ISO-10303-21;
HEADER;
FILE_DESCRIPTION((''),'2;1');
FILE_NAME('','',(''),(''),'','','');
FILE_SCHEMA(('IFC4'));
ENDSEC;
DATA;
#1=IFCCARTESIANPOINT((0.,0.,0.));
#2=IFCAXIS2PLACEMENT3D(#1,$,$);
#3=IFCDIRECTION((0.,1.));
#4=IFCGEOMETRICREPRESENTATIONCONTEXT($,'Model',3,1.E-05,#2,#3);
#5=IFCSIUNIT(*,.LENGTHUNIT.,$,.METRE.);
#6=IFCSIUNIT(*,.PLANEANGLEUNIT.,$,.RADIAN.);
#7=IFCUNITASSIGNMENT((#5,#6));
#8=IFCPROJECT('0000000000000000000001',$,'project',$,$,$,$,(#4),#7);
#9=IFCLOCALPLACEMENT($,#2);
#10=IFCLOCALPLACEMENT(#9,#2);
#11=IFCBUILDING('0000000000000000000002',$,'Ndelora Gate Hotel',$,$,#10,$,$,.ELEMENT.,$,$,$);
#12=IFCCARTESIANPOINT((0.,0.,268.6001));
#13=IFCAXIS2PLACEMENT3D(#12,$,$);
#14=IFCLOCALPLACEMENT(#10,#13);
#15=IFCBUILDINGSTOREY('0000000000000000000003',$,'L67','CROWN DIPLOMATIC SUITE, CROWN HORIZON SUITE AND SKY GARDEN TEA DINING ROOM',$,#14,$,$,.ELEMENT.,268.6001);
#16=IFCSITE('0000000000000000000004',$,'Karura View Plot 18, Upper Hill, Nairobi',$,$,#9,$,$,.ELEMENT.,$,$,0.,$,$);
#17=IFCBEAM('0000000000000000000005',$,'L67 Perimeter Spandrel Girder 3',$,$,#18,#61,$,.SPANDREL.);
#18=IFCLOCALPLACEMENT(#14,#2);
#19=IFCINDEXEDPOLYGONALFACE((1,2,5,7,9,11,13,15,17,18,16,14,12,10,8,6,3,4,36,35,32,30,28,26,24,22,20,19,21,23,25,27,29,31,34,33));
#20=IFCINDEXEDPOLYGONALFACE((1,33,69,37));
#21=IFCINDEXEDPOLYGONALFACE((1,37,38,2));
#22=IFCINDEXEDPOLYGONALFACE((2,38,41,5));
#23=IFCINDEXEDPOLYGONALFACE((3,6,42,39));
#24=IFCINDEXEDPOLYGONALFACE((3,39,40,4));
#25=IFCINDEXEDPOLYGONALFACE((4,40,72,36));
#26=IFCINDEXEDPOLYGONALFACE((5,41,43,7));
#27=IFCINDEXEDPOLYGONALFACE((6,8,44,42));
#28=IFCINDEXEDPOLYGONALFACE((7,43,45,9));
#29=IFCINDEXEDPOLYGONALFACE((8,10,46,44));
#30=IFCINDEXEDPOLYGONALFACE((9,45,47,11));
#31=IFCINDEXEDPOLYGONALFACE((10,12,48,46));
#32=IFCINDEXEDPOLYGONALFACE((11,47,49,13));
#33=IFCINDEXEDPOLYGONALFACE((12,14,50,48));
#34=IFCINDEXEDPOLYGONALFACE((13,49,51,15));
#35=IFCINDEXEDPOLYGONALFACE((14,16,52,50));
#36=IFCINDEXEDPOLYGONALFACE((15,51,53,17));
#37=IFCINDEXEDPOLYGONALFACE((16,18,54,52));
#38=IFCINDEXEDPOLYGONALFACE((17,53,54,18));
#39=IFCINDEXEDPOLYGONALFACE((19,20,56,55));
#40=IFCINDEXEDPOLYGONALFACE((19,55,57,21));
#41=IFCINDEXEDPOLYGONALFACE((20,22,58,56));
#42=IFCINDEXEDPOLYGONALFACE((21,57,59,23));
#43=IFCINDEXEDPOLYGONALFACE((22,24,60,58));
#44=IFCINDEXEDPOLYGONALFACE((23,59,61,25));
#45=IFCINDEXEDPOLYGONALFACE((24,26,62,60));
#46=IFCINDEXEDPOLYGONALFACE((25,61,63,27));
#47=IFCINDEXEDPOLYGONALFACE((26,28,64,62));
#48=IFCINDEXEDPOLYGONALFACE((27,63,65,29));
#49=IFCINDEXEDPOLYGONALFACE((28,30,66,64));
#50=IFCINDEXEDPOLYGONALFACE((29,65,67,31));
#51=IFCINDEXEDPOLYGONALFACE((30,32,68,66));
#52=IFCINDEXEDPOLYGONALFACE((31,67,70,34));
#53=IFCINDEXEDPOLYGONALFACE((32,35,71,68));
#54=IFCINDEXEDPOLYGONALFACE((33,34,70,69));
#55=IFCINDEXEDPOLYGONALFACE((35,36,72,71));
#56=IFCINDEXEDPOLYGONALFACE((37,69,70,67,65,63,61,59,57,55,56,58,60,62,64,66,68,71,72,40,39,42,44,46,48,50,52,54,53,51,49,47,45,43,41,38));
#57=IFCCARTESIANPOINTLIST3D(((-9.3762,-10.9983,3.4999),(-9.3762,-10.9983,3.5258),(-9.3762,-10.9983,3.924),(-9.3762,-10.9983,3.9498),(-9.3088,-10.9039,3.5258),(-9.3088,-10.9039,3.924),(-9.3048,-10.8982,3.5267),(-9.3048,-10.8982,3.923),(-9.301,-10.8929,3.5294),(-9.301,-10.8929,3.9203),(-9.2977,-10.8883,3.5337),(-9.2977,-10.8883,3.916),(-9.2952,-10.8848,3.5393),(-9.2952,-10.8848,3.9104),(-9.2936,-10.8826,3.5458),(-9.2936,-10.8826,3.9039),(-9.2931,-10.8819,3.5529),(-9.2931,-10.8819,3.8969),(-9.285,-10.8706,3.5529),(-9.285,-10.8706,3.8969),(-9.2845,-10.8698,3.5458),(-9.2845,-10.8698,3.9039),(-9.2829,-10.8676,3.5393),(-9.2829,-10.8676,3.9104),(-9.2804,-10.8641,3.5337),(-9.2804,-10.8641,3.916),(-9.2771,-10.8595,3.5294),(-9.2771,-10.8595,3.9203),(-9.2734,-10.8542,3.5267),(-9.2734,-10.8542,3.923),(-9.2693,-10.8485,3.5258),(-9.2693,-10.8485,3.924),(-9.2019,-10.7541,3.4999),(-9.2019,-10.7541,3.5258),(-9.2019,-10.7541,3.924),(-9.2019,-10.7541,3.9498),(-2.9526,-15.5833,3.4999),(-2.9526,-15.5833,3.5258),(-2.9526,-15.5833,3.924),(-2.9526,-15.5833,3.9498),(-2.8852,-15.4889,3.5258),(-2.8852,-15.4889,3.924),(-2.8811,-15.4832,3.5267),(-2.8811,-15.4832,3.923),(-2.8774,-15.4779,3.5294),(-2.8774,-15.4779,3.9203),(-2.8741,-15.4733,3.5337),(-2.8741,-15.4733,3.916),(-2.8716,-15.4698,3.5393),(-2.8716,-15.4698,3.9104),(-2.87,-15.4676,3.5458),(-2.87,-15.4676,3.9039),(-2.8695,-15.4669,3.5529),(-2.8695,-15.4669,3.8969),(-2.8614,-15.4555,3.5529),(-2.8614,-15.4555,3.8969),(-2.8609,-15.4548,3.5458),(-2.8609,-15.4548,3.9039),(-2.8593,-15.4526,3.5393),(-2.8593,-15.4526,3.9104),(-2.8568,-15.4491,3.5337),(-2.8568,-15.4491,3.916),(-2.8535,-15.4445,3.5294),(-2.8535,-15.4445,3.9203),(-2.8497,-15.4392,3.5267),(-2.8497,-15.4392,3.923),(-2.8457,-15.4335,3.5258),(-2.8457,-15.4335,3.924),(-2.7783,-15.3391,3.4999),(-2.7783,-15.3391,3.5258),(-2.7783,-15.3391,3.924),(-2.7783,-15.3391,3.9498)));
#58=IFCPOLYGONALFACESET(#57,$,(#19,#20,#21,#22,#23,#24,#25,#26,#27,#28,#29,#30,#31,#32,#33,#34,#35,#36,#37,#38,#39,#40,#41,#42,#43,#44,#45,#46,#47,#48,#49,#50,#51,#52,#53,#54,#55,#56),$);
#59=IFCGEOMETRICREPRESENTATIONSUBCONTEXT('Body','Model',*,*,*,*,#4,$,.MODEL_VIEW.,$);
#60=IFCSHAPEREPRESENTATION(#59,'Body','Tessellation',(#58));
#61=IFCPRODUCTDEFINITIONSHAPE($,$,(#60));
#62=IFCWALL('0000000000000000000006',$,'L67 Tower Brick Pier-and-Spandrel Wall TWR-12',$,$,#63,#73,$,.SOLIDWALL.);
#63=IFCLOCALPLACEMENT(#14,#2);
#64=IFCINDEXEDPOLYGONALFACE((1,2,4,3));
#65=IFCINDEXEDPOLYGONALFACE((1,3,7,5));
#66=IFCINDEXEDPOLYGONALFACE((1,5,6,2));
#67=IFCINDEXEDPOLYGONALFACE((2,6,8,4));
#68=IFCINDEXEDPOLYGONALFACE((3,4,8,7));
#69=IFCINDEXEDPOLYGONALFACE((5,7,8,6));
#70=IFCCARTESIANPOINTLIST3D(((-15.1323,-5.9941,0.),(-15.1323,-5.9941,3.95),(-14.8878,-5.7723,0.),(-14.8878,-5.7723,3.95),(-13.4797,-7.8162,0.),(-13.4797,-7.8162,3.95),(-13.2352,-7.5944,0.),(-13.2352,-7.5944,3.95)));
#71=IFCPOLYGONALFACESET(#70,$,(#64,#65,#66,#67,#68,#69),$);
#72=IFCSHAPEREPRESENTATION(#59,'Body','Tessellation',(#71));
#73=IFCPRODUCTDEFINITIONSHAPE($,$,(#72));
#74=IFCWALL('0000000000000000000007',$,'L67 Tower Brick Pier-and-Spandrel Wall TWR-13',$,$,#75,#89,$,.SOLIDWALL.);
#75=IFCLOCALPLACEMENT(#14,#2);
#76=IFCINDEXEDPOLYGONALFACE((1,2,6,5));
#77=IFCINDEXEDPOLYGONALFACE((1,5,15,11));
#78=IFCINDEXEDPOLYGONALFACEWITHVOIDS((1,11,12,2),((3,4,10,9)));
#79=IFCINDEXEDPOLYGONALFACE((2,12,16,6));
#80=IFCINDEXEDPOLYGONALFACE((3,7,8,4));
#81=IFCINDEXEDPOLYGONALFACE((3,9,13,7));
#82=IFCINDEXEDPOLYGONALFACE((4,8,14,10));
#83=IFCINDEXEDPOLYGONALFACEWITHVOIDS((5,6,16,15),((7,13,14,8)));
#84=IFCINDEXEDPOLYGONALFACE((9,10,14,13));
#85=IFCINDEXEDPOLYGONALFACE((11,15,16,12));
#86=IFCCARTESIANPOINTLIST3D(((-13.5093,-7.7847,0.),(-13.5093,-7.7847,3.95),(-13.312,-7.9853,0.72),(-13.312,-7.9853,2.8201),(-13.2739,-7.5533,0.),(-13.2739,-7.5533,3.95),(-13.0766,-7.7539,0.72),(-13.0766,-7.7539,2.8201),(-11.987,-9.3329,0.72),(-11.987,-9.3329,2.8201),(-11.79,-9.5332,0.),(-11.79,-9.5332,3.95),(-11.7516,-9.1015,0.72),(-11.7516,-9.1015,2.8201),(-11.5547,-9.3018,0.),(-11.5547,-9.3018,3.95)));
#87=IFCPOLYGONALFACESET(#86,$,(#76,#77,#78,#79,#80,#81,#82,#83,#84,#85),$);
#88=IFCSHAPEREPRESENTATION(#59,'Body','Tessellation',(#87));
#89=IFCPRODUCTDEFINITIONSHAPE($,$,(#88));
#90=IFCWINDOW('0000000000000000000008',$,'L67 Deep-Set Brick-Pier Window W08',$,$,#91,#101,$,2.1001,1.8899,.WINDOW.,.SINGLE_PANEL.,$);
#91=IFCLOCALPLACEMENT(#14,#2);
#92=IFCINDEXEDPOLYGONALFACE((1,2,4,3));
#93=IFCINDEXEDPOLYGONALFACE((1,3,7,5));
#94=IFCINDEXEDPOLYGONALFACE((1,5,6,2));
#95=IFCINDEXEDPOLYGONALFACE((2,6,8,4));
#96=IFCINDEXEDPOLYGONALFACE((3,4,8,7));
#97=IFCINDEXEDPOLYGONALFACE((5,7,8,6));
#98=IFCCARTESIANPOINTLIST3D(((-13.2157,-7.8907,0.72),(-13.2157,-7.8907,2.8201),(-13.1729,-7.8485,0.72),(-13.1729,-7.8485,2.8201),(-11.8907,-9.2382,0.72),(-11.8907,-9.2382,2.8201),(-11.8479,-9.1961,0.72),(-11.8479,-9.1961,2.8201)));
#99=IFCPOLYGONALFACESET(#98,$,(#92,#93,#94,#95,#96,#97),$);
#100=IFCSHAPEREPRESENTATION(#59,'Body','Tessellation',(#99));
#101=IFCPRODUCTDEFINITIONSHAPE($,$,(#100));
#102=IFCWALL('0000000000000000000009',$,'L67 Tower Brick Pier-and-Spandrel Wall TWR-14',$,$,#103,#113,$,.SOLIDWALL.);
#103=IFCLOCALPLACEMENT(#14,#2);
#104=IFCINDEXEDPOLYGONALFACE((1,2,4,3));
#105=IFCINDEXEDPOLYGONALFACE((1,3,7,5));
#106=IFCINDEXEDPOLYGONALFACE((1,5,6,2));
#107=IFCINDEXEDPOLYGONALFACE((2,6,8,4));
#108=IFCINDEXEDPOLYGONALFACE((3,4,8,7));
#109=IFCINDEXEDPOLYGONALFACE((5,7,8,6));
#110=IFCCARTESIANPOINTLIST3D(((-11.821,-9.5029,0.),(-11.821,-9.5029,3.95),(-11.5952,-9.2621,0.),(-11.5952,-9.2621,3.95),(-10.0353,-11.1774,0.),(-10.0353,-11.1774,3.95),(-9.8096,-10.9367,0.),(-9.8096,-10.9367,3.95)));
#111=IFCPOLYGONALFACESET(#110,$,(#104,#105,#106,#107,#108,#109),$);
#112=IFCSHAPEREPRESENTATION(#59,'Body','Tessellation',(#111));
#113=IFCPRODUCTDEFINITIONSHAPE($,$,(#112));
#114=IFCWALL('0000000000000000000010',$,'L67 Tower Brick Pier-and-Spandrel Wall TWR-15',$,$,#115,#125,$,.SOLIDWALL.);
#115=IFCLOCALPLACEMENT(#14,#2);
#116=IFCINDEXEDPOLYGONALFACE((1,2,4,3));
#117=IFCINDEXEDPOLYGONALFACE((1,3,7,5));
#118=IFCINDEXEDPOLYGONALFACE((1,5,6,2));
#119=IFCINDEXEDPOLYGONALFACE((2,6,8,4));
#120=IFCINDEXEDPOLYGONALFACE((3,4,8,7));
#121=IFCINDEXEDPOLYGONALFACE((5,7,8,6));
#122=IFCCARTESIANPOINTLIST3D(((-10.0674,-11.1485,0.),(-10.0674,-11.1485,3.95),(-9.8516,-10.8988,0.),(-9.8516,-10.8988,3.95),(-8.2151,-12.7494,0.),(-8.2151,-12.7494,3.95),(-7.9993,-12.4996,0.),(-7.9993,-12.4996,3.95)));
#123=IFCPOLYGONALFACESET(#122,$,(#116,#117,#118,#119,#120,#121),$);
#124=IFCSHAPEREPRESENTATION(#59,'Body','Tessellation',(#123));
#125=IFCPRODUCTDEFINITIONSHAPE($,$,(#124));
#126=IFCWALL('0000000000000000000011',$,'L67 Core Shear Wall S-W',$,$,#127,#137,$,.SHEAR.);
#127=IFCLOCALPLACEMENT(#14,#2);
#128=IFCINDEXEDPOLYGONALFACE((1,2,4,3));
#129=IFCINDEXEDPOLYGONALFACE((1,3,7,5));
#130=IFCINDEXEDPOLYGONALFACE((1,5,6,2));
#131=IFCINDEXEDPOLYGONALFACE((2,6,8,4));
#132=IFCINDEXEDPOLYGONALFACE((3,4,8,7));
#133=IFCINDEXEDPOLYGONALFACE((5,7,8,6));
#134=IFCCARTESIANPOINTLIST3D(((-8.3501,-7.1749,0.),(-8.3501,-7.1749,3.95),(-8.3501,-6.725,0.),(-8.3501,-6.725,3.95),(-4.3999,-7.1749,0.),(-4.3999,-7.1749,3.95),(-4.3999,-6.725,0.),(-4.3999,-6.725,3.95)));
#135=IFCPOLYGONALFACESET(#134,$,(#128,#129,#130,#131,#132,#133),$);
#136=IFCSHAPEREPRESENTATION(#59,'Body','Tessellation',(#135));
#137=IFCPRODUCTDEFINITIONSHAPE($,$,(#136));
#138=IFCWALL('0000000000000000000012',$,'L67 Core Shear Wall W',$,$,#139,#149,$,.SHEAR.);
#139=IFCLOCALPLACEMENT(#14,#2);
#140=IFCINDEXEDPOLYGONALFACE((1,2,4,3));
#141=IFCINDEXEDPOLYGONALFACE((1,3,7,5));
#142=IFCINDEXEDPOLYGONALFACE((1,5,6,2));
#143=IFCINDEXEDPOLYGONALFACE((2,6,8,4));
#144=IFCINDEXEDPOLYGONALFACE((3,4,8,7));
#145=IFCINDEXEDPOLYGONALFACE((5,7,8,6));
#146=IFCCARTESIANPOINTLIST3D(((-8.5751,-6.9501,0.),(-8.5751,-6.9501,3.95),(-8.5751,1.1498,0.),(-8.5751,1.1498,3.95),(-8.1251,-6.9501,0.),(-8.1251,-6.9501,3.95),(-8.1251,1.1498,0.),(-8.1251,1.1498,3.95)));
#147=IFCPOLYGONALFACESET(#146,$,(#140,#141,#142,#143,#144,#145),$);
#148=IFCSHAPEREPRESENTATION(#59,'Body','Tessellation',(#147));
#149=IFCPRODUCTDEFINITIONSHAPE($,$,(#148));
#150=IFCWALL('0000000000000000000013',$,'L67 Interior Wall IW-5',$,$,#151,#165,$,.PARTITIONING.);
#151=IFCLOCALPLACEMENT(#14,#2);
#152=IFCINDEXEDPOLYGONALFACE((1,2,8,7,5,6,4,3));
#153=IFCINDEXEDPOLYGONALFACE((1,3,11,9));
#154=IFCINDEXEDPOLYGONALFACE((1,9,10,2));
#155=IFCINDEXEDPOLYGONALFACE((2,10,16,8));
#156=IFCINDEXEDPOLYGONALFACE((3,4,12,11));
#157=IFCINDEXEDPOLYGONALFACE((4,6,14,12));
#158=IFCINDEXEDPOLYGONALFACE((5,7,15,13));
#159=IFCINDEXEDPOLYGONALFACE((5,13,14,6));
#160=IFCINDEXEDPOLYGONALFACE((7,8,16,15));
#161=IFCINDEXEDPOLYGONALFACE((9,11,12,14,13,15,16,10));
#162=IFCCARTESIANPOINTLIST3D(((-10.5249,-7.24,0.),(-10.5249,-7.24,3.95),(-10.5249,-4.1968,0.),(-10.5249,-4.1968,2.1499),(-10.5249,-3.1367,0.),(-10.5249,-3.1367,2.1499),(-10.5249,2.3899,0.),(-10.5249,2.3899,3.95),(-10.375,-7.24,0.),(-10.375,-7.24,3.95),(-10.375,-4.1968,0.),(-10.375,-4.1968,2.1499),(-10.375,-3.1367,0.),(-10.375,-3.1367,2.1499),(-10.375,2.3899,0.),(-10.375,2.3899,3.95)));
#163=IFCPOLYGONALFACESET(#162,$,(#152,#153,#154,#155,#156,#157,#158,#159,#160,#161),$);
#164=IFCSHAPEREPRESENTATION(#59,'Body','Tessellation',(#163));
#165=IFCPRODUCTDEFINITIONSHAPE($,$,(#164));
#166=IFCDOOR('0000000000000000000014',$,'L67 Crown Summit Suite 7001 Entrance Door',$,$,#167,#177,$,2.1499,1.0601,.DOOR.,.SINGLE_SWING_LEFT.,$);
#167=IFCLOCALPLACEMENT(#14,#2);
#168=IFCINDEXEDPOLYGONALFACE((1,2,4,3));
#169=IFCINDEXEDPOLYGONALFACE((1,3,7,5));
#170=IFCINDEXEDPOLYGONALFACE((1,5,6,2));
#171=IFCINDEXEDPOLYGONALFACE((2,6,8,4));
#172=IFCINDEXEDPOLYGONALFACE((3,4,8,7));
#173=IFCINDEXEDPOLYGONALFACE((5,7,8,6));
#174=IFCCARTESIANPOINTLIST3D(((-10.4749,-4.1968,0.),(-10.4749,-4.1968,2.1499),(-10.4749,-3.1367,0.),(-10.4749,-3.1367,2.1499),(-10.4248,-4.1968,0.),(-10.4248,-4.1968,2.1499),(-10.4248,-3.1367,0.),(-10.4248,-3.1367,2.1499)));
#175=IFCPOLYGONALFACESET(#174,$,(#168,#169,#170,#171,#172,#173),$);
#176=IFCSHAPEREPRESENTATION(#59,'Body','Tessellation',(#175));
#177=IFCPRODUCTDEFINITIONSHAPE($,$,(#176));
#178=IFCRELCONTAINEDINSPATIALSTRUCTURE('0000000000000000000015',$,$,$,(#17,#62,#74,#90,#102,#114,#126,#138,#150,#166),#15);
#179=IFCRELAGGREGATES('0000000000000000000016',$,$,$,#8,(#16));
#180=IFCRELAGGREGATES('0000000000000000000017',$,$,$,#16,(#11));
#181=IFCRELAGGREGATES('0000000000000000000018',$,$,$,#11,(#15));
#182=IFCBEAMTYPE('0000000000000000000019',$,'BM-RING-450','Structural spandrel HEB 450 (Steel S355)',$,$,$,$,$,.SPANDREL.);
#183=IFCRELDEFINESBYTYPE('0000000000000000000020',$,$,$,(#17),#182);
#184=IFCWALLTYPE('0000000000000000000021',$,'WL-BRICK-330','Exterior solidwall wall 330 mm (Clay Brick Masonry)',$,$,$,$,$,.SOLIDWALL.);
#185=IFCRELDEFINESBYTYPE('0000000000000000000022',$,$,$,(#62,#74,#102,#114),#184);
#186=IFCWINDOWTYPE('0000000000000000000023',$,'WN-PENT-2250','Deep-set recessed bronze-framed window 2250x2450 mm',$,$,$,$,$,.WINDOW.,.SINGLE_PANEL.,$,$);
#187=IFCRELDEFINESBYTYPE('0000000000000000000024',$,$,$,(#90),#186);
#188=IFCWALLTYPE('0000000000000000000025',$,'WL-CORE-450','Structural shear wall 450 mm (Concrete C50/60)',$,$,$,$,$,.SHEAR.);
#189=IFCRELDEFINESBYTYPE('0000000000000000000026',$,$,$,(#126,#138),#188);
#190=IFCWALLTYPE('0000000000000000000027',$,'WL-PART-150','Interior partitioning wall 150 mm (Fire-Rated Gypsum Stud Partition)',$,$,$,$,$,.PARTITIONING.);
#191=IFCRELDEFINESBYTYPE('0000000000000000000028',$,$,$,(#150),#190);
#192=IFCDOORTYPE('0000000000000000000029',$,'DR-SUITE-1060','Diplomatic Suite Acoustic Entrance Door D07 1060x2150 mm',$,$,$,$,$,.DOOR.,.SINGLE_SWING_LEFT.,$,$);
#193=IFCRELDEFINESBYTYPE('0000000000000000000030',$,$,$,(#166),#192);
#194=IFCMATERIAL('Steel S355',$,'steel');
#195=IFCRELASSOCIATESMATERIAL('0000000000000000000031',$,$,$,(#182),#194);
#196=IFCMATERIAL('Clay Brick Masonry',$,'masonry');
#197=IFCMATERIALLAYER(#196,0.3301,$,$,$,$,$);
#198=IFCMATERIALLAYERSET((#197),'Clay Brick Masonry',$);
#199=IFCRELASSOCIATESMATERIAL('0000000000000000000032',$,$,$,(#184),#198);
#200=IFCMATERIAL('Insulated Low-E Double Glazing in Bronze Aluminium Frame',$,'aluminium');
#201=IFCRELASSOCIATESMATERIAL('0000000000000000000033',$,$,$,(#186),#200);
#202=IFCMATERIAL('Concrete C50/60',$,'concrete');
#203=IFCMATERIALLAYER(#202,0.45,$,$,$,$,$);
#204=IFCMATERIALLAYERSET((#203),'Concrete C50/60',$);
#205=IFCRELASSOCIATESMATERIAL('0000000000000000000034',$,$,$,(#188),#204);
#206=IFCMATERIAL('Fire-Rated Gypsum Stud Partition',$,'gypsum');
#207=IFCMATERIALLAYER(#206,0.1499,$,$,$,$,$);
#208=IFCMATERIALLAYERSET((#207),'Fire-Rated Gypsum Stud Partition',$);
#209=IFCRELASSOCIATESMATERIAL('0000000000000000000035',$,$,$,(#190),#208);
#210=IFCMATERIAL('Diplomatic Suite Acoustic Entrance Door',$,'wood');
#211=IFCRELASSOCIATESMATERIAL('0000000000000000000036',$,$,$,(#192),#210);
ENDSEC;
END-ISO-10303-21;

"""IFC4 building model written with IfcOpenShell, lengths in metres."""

from ifc_helpers import new_model, si_unit, direction, frame, frame_2d, origin, origin_2d, place, context, subcontext, project, spatial, rectangle, i_section, extrude, material, layer, layer_set, material_profile, profile_set, type_object, element, fill, save


model = new_model("IFC4")

# Units and contexts
model_context = context("Model", 3, precision=1e-05, world=origin(), true_north=direction((0.0, 1.0)))
body_context = subcontext(model_context, "Body", "Model", "MODEL_VIEW")
ifc_project = project(units=[si_unit("LENGTHUNIT", "METRE"), si_unit("PLANEANGLEUNIT", "RADIAN")], contexts=[model_context])

# Site, building, storey
site_placement = place(None, origin())
site = spatial("IfcSite", under=ifc_project, at=site_placement, Name="Karura View Plot 18, Upper Hill, Nairobi", CompositionType="ELEMENT", RefElevation=0.0)
building_placement = place(site_placement, origin())
building = spatial("IfcBuilding", under=site, at=building_placement, Name="Ndelora Gate Hotel", CompositionType="ELEMENT")
storey_placement = place(building_placement, frame((0.0, 0.0, 268.6001)))
storey = spatial("IfcBuildingStorey", under=building, at=storey_placement, Name="L67", Description="CROWN DIPLOMATIC SUITE, CROWN HORIZON SUITE AND SKY GARDEN TEA DINING ROOM", CompositionType="ELEMENT", Elevation=268.6001)

# Shared definitions
ifc_material_1 = material(Name="Concrete C50/60", Category="concrete")

# Beam
ifc_material_2 = material(Name="Steel S355", Category="steel")
ifc_material_profile_1 = material_profile(ifc_material_2, i_section(OverallWidth=0.3, OverallDepth=0.45, WebThickness=0.0139, FlangeThickness=0.0259, FilletRadius=0.0271, at=origin_2d()), Name="HEB 450")
ifc_profile_set_1 = profile_set([ifc_material_profile_1], Name="Steel S355")
beam_type_1 = type_object("IfcBeamType", Name="BM-RING-450", Description="Structural spandrel HEB 450 (Steel S355)", PredefinedType="SPANDREL", material=ifc_profile_set_1)
beam_1_placement = place(storey_placement, frame((-9.2891, -10.8762, 3.7249), z_axis=(0.813932, -0.58096, 0.0), x_axis=(0.58096, 0.813932, 0.0)))
element("IfcBeam", 1, at=beam_1_placement, inside=storey, type_object=beam_type_1, Name="L67 Perimeter Spandrel Girder 3", PredefinedType="SPANDREL", context=body_context, shape_type="SweptSolid", body=[
    extrude(i_section(OverallWidth=0.3, OverallDepth=0.45, WebThickness=0.0139, FlangeThickness=0.0259, FilletRadius=0.0271, at=origin_2d()), origin(), (0.0, 0.0, 1.0), 7.8921),
])

# Wall
ifc_material_3 = material(Name="Clay Brick Masonry", Category="masonry")
ifc_layer_1 = layer(ifc_material_3, 0.3301)
ifc_layer_set_1 = layer_set([ifc_layer_1], Name="Clay Brick Masonry")
wall_type_1 = type_object("IfcWallType", Name="WL-BRICK-330", Description="Exterior solidwall wall 330 mm (Clay Brick Masonry)", PredefinedType="SOLIDWALL", material=ifc_layer_set_1)
wall_1_placement = place(storey_placement, frame((-13.3574, -7.7053, 0.0), z_axis=(0.0, 0.0, 1.0), x_axis=(-0.671828, 0.740708, 0.0)))
element("IfcWall", 2, at=wall_1_placement, inside=storey, type_object=wall_type_1, Name="L67 Tower Brick Pier-and-Spandrel Wall TWR-12", PredefinedType="SOLIDWALL", context=body_context, shape_type="SweptSolid", body=[
    extrude(rectangle(XDim=2.46, YDim=0.3301, at=frame_2d((1.23, 0.0))), origin(), (0.0, 0.0, 1.0), 3.95),
])

# Wall, opening, window
wall_2_placement = place(storey_placement, frame((-11.6724, -9.4175, 0.0), z_axis=(0.0, 0.0, 1.0), x_axis=(-0.701108, 0.713055, 0.0)))
wall_2 = element("IfcWall", 3, at=wall_2_placement, inside=storey, type_object=wall_type_1, Name="L67 Tower Brick Pier-and-Spandrel Wall TWR-13", PredefinedType="SOLIDWALL", context=body_context, shape_type="SweptSolid", body=[
    extrude(rectangle(XDim=2.4521, YDim=0.3301, at=frame_2d((1.2261, 0.0))), origin(), (0.0, 0.0, 1.0), 3.95),
])
opening_1_placement = place(wall_2_placement, frame((0.281, 0.0, 0.72)))
opening_1 = element("IfcOpeningElement", 4, at=opening_1_placement, cuts=wall_2, PredefinedType="OPENING", context=body_context, shape_type="SweptSolid", body=[
    extrude(rectangle(XDim=1.8899, YDim=2.1001, at=frame_2d((0.9448, 1.05))), frame((0.0, 0.175, 0.0), z_axis=(0.0, -1.0, 0.0), x_axis=(1.0, 0.0, 0.0)), (0.0, 0.0, 1.0), 0.3501),
])
ifc_material_4 = material(Name="Insulated Low-E Double Glazing in Bronze Aluminium Frame", Category="aluminium")
window_type = type_object("IfcWindowType", Name="WN-PENT-2250", Description="Deep-set recessed bronze-framed window 2250x2450 mm", PartitioningType="SINGLE_PANEL", PredefinedType="WINDOW", material=ifc_material_4)
window_placement = place(opening_1_placement, origin())
window = element("IfcWindow", 5, at=window_placement, inside=storey, type_object=window_type, Name="L67 Deep-Set Brick-Pier Window W08", OverallHeight=2.1001, OverallWidth=1.8899, PartitioningType="SINGLE_PANEL", PredefinedType="WINDOW", context=body_context, shape_type="SweptSolid", body=[
    extrude(rectangle(XDim=1.8899, YDim=2.1001, at=frame_2d((0.9448, 1.05))), frame((0.0, 0.03, 0.0), z_axis=(0.0, -1.0, 0.0), x_axis=(1.0, 0.0, 0.0)), (0.0, 0.0, 1.0), 0.0601),
])
fill(opening_1, window)

# Walls
wall_3_placement = place(storey_placement, frame((-9.9224, -11.0571, 0.0), z_axis=(0.0, 0.0, 1.0), x_axis=(-0.729431, 0.684054, 0.0)))
element("IfcWall", 6, at=wall_3_placement, inside=storey, type_object=wall_type_1, Name="L67 Tower Brick Pier-and-Spandrel Wall TWR-14", PredefinedType="SOLIDWALL", context=body_context, shape_type="SweptSolid", body=[
    extrude(rectangle(XDim=2.448, YDim=0.3301, at=frame_2d((1.2241, 0.0))), origin(), (0.0, 0.0, 1.0), 3.95),
])
wall_4_placement = place(storey_placement, frame((-8.1072, -12.6245, 0.0), z_axis=(0.0, 0.0, 1.0), x_axis=(-0.756596, 0.653882, 0.0)))
element("IfcWall", 7, at=wall_4_placement, inside=storey, type_object=wall_type_1, Name="L67 Tower Brick Pier-and-Spandrel Wall TWR-15", PredefinedType="SOLIDWALL", context=body_context, shape_type="SweptSolid", body=[
    extrude(rectangle(XDim=2.4482, YDim=0.3301, at=frame_2d((1.2241, 0.0))), origin(), (0.0, 0.0, 1.0), 3.95),
])
ifc_layer_2 = layer(ifc_material_1, 0.45)
ifc_layer_set_2 = layer_set([ifc_layer_2], Name="Concrete C50/60")
wall_type_2 = type_object("IfcWallType", Name="WL-CORE-450", Description="Structural shear wall 450 mm (Concrete C50/60)", PredefinedType="SHEAR", material=ifc_layer_set_2)
wall_5_placement = place(storey_placement, frame((-8.3501, -6.95, 0.0), z_axis=(0.0, 0.0, 1.0), x_axis=(1.0, 0.0, 0.0)))
element("IfcWall", 8, at=wall_5_placement, inside=storey, type_object=wall_type_2, Name="L67 Core Shear Wall S-W", PredefinedType="SHEAR", context=body_context, shape_type="SweptSolid", body=[
    extrude(rectangle(XDim=3.9502, YDim=0.45, at=frame_2d((1.9751, 0.0))), origin(), (0.0, 0.0, 1.0), 3.95),
])
wall_6_placement = place(storey_placement, frame((-8.3501, -6.95, 0.0), z_axis=(0.0, 0.0, 1.0), x_axis=(0.0, 1.0, 0.0)))
element("IfcWall", 9, at=wall_6_placement, inside=storey, type_object=wall_type_2, Name="L67 Core Shear Wall W", PredefinedType="SHEAR", context=body_context, shape_type="SweptSolid", body=[
    extrude(rectangle(XDim=8.0999, YDim=0.45, at=frame_2d((4.0498, 0.0))), origin(), (0.0, 0.0, 1.0), 3.95),
])

# Wall, opening, door
ifc_material_5 = material(Name="Fire-Rated Gypsum Stud Partition", Category="gypsum")
ifc_layer_3 = layer(ifc_material_5, 0.1499)
ifc_layer_set_3 = layer_set([ifc_layer_3], Name="Fire-Rated Gypsum Stud Partition")
wall_type_3 = type_object("IfcWallType", Name="WL-PART-150", Description="Interior partitioning wall 150 mm (Fire-Rated Gypsum Stud Partition)", PredefinedType="PARTITIONING", material=ifc_layer_set_3)
wall_7_placement = place(storey_placement, frame((-10.45, -7.24, 0.0), z_axis=(0.0, 0.0, 1.0), x_axis=(0.0, 1.0, 0.0)))
wall_7 = element("IfcWall", 10, at=wall_7_placement, inside=storey, type_object=wall_type_3, Name="L67 Interior Wall IW-5", PredefinedType="PARTITIONING", context=body_context, shape_type="SweptSolid", body=[
    extrude(rectangle(XDim=9.6299, YDim=0.1499, at=frame_2d((4.8149, 0.0))), origin(), (0.0, 0.0, 1.0), 3.95),
])
opening_2_placement = place(wall_7_placement, frame((3.0432, 0.0, 0.0)))
opening_2 = element("IfcOpeningElement", 11, at=opening_2_placement, cuts=wall_7, PredefinedType="OPENING", context=body_context, shape_type="SweptSolid", body=[
    extrude(rectangle(XDim=1.0601, YDim=2.1499, at=frame_2d((0.53, 1.075))), frame((0.0, 0.085, 0.0), z_axis=(0.0, -1.0, 0.0), x_axis=(1.0, 0.0, 0.0)), (0.0, 0.0, 1.0), 0.1699),
])
ifc_material_6 = material(Name="Diplomatic Suite Acoustic Entrance Door", Category="wood")
door_type = type_object("IfcDoorType", Name="DR-SUITE-1060", Description="Diplomatic Suite Acoustic Entrance Door D07 1060x2150 mm", OperationType="SINGLE_SWING_LEFT", PredefinedType="DOOR", material=ifc_material_6)
door_placement = place(opening_2_placement, origin())
door = element("IfcDoor", 12, at=door_placement, inside=storey, type_object=door_type, Name="L67 Crown Summit Suite 7001 Entrance Door", OperationType="SINGLE_SWING_LEFT", OverallHeight=2.1499, OverallWidth=1.0601, PredefinedType="DOOR", context=body_context, shape_type="SweptSolid", body=[
    extrude(rectangle(XDim=1.0601, YDim=2.1499, at=frame_2d((0.53, 1.075))), frame((0.0, 0.0249, 0.0), z_axis=(0.0, -1.0, 0.0), x_axis=(1.0, 0.0, 0.0)), (0.0, 0.0, 1.0), 0.05),
])
fill(opening_2, door)

save(model, "model.ifc")
